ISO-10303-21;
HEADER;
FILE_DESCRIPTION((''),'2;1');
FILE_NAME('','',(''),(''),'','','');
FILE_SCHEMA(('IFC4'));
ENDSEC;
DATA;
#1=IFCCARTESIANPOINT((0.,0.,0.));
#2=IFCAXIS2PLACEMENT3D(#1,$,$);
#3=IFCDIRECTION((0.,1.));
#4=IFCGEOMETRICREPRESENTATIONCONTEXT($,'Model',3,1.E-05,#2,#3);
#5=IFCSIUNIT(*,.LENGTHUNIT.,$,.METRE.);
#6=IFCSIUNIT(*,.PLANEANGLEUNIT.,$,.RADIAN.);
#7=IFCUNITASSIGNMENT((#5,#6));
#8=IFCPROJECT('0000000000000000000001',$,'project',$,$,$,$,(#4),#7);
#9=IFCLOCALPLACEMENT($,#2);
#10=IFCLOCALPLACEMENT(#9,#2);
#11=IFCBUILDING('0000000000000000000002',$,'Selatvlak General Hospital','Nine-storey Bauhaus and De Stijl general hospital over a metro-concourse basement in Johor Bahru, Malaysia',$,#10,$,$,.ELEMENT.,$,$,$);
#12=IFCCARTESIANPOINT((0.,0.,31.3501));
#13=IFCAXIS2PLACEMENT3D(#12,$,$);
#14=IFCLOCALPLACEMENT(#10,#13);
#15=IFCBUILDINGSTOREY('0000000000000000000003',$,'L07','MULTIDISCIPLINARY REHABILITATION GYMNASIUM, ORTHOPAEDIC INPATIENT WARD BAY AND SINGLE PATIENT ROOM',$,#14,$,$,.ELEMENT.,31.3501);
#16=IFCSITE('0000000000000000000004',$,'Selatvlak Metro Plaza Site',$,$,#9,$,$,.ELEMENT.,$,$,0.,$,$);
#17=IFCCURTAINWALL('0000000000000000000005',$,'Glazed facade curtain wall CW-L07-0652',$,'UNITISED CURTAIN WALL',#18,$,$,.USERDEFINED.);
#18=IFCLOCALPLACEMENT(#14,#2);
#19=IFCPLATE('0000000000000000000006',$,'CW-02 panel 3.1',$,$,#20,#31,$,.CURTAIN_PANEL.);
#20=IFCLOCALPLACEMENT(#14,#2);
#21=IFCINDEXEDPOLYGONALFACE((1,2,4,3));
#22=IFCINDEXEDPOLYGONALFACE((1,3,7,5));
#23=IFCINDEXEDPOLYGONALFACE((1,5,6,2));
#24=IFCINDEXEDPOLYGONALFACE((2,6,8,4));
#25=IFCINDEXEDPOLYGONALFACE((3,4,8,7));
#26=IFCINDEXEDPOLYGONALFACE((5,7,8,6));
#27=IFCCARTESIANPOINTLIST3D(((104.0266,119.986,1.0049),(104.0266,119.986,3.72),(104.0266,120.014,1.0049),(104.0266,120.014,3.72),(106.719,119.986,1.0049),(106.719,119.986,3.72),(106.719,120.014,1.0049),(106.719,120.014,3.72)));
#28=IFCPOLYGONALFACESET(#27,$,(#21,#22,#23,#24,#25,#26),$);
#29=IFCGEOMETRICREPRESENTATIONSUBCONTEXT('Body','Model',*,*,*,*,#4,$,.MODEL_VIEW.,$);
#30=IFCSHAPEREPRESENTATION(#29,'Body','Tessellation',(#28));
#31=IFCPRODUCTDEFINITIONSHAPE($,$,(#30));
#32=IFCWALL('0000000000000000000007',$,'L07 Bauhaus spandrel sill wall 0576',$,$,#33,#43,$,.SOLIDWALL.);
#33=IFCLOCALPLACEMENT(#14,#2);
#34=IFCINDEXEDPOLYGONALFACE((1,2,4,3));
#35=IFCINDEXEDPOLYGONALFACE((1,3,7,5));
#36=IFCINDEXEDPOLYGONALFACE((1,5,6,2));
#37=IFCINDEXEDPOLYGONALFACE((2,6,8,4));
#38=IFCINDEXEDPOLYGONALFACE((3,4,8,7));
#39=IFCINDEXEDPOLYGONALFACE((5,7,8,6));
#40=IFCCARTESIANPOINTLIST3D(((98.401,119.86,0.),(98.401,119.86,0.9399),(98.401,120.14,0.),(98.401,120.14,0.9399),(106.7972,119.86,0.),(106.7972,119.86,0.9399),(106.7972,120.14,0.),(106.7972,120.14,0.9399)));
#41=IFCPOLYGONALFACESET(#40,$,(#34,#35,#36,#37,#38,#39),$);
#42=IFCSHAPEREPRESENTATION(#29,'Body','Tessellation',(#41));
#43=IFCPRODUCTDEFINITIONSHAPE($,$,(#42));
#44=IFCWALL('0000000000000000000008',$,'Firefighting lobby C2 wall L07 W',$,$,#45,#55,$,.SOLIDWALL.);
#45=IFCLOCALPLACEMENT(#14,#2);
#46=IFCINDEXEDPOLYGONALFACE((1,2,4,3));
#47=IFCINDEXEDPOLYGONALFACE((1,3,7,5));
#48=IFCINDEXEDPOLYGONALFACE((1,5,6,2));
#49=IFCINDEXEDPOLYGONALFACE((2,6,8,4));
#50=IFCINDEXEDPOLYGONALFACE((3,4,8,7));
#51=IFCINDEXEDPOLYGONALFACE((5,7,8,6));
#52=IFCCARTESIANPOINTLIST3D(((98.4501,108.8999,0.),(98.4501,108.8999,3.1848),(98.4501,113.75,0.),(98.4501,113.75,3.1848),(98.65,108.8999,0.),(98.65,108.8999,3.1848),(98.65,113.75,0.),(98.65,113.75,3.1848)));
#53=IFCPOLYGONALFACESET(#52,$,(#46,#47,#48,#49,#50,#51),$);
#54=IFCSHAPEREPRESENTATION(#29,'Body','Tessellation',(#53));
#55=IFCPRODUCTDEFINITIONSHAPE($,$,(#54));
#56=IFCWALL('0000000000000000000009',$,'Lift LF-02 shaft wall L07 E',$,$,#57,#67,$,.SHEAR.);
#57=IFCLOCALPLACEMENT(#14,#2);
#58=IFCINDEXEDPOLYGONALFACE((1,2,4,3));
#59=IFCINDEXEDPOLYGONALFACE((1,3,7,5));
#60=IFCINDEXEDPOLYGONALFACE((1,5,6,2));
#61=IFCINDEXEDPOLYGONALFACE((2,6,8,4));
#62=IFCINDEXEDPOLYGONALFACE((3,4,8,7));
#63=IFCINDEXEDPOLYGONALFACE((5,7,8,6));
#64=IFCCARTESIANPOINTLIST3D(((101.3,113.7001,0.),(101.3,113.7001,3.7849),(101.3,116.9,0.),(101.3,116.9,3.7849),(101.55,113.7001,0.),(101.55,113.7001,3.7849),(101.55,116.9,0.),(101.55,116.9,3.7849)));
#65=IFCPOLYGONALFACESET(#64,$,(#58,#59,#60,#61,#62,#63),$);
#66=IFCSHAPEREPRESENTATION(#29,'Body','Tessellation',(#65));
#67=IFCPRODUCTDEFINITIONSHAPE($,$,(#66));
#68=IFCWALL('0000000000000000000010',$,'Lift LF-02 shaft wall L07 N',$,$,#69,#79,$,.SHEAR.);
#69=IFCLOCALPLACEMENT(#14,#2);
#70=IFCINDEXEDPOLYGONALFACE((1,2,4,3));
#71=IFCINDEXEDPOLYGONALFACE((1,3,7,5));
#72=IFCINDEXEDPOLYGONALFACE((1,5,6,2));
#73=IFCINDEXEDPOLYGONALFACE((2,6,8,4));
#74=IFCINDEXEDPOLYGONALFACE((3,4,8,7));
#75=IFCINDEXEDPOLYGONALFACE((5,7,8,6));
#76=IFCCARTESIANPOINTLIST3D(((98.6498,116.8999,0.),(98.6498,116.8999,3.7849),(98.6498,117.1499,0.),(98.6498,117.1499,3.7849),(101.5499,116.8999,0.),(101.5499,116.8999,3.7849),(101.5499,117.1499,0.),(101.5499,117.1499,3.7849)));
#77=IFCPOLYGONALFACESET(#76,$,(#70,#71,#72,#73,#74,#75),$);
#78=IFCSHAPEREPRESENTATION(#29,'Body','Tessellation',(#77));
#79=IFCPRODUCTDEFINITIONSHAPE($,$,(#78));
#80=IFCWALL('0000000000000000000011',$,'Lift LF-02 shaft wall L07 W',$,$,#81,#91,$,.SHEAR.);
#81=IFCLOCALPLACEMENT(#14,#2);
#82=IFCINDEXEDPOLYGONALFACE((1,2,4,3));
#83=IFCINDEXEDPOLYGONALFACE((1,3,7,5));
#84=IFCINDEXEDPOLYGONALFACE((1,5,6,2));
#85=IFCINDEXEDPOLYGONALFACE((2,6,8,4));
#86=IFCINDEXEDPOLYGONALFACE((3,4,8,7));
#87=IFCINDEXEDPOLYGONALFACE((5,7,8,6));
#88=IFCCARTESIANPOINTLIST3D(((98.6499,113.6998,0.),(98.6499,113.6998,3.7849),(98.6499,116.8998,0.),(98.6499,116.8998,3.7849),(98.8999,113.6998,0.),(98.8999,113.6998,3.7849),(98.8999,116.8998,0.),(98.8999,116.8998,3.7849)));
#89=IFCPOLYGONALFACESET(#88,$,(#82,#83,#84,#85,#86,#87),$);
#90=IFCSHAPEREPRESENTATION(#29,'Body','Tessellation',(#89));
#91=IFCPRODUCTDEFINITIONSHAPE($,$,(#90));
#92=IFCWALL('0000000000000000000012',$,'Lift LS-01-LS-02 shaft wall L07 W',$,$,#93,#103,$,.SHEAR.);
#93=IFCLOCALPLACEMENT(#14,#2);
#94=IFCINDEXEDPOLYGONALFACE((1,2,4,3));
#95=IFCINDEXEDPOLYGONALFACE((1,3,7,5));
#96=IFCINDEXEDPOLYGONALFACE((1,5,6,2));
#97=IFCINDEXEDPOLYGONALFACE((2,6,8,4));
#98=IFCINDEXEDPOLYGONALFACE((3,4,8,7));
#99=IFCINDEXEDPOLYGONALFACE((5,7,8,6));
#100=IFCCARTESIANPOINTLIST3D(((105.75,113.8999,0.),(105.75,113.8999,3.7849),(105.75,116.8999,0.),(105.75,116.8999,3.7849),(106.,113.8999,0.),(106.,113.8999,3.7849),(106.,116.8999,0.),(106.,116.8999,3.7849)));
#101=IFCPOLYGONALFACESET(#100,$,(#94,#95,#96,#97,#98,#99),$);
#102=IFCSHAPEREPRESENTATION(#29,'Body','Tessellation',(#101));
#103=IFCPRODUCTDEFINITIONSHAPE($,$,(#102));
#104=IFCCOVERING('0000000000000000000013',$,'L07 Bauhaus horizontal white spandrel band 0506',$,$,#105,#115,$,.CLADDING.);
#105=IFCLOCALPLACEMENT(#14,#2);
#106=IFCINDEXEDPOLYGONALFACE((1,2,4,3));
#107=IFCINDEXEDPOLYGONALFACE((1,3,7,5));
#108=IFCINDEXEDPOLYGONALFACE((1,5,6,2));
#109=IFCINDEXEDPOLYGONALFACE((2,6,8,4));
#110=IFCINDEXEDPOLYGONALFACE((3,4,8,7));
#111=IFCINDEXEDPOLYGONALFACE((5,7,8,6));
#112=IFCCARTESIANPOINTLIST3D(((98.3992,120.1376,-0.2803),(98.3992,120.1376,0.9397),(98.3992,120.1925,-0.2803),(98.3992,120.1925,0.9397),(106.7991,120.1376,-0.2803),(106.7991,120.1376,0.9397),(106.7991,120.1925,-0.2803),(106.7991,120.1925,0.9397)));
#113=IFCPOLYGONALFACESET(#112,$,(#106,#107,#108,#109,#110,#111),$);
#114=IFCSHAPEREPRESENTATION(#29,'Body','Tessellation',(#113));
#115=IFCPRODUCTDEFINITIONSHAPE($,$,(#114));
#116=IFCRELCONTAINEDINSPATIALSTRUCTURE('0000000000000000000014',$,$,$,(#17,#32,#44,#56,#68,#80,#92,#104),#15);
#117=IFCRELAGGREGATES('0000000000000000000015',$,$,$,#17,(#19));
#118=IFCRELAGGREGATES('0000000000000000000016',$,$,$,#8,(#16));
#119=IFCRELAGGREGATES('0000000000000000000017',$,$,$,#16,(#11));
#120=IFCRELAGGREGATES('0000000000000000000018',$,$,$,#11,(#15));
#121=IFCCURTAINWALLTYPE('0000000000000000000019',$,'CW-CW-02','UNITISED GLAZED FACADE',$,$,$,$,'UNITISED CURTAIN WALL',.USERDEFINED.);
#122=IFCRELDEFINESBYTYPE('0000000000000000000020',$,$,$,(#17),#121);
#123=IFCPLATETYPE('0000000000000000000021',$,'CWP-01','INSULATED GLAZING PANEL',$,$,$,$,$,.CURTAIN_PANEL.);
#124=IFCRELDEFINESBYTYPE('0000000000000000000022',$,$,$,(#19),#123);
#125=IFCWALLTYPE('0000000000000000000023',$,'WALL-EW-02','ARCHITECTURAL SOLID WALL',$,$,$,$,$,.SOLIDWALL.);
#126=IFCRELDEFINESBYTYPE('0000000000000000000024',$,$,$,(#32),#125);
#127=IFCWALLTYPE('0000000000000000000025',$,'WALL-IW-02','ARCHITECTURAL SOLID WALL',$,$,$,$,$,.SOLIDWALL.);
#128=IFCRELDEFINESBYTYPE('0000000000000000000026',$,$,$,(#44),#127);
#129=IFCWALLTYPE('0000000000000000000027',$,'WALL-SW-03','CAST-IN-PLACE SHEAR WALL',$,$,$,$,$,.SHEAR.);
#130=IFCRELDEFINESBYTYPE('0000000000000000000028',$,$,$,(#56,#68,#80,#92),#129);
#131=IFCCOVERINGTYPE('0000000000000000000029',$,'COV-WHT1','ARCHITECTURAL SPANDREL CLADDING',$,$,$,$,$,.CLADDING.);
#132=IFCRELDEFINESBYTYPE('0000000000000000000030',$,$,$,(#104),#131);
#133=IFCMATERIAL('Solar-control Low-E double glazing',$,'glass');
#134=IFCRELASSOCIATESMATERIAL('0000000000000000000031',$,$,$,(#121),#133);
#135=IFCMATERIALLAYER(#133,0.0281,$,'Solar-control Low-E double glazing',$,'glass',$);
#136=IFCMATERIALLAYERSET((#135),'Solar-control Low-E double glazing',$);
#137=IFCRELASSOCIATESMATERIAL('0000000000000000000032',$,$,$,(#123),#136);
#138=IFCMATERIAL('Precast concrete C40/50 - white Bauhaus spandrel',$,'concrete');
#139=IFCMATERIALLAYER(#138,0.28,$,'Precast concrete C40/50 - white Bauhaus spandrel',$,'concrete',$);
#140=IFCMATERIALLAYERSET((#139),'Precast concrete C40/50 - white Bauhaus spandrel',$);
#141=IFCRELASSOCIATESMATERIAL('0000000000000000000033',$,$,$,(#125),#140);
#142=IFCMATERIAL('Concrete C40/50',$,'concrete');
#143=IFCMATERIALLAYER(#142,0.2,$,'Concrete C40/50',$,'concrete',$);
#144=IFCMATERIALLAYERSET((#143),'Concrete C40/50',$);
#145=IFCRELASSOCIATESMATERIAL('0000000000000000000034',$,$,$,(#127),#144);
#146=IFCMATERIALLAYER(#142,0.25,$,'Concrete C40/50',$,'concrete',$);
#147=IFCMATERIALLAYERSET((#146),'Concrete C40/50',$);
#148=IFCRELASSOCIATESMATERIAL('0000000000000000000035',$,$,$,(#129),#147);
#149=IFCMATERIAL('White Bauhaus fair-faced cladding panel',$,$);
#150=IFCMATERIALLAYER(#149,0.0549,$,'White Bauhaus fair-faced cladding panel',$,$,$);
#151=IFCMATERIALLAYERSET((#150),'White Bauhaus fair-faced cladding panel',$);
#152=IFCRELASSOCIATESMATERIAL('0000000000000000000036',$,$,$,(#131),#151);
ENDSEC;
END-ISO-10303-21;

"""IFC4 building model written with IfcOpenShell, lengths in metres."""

from ifc_helpers import new_model, si_unit, direction, frame, frame_2d, origin, origin_2d, place, context, subcontext, project, spatial, rectangle, extrude, material, layer, layer_set, type_object, element, aggregate, save


model = new_model("IFC4")

# Units and contexts
model_context = context("Model", 3, precision=1e-05, world=origin(), true_north=direction((0.0, 1.0)))
body_context = subcontext(model_context, "Body", "Model", "MODEL_VIEW")
ifc_project = project(units=[si_unit("LENGTHUNIT", "METRE"), si_unit("PLANEANGLEUNIT", "RADIAN")], contexts=[model_context])

# Site, building, storey
site_placement = place(None, origin())
site = spatial("IfcSite", under=ifc_project, at=site_placement, Name="Selatvlak Metro Plaza Site", CompositionType="ELEMENT", RefElevation=0.0)
building_placement = place(site_placement, origin())
building = spatial("IfcBuilding", under=site, at=building_placement, Name="Selatvlak General Hospital", Description="Nine-storey Bauhaus and De Stijl general hospital over a metro-concourse basement in Johor Bahru, Malaysia", CompositionType="ELEMENT")
storey_placement = place(building_placement, frame((0.0, 0.0, 31.3501)))
storey = spatial("IfcBuildingStorey", under=building, at=storey_placement, Name="L07", Description="MULTIDISCIPLINARY REHABILITATION GYMNASIUM, ORTHOPAEDIC INPATIENT WARD BAY AND SINGLE PATIENT ROOM", CompositionType="ELEMENT", Elevation=31.3501)

# Curtain wall, plate
ifc_material_1 = material(Name="Solar-control Low-E double glazing", Category="glass")
curtain_wall_type = type_object("IfcCurtainWallType", Name="CW-CW-02", Description="UNITISED GLAZED FACADE", ElementType="UNITISED CURTAIN WALL", PredefinedType="USERDEFINED", material=ifc_material_1)
curtain_wall_placement = place(storey_placement, origin())
curtain_wall = element("IfcCurtainWall", 1, at=curtain_wall_placement, inside=storey, type_object=curtain_wall_type, Name="Glazed facade curtain wall CW-L07-0652", ObjectType="UNITISED CURTAIN WALL", PredefinedType="USERDEFINED")
ifc_layer_1 = layer(ifc_material_1, 0.0281, Name="Solar-control Low-E double glazing", Category="glass")
ifc_layer_set_1 = layer_set([ifc_layer_1], Name="Solar-control Low-E double glazing")
plate_type = type_object("IfcPlateType", Name="CWP-01", Description="INSULATED GLAZING PANEL", PredefinedType="CURTAIN_PANEL", material=ifc_layer_set_1)
plate_1_placement = place(storey_placement, frame((105.3728, 120.0, 1.0049), z_axis=(0.0, 0.0, 1.0), x_axis=(1.0, 0.0, 0.0)))
plate_1 = element("IfcPlate", 2, at=plate_1_placement, type_object=plate_type, Name="CW-02 panel 3.1", PredefinedType="CURTAIN_PANEL", context=body_context, shape_type="SweptSolid", body=[
    extrude(rectangle(XDim=2.6924, YDim=0.0281, at=origin_2d()), origin(), (0.0, 0.0, 1.0), 2.7151),
])
aggregate(curtain_wall, [plate_1])

# Walls
ifc_material_2 = material(Name="Precast concrete C40/50 - white Bauhaus spandrel", Category="concrete")
ifc_layer_2 = layer(ifc_material_2, 0.28, Name="Precast concrete C40/50 - white Bauhaus spandrel", Category="concrete")
ifc_layer_set_2 = layer_set([ifc_layer_2], Name="Precast concrete C40/50 - white Bauhaus spandrel")
wall_type_1 = type_object("IfcWallType", Name="WALL-EW-02", Description="ARCHITECTURAL SOLID WALL", PredefinedType="SOLIDWALL", material=ifc_layer_set_2)
wall_1_placement = place(storey_placement, frame((98.4009, 120.0, 0.0), z_axis=(0.0, 0.0, 1.0), x_axis=(1.0, 0.0, 0.0)))
element("IfcWall", 3, at=wall_1_placement, inside=storey, type_object=wall_type_1, Name="L07 Bauhaus spandrel sill wall 0576", PredefinedType="SOLIDWALL", context=body_context, shape_type="SweptSolid", body=[
    extrude(rectangle(XDim=8.3962, YDim=0.28, at=frame_2d((4.1982, 0.0))), origin(), (0.0, 0.0, 1.0), 0.9399),
])
ifc_material_3 = material(Name="Concrete C40/50", Category="concrete")
ifc_layer_3 = layer(ifc_material_3, 0.2, Name="Concrete C40/50", Category="concrete")
ifc_layer_set_3 = layer_set([ifc_layer_3], Name="Concrete C40/50")
wall_type_2 = type_object("IfcWallType", Name="WALL-IW-02", Description="ARCHITECTURAL SOLID WALL", PredefinedType="SOLIDWALL", material=ifc_layer_set_3)
wall_2_placement = place(storey_placement, frame((98.55, 113.75, 0.0), z_axis=(0.0, 0.0, 1.0), x_axis=(0.0, -1.0, 0.0)))
element("IfcWall", 4, at=wall_2_placement, inside=storey, type_object=wall_type_2, Name="Firefighting lobby C2 wall L07 W", PredefinedType="SOLIDWALL", context=body_context, shape_type="SweptSolid", body=[
    extrude(rectangle(XDim=4.8501, YDim=0.2, at=frame_2d((2.425, 0.0))), origin(), (0.0, 0.0, 1.0), 3.1848),
])
ifc_layer_4 = layer(ifc_material_3, 0.25, Name="Concrete C40/50", Category="concrete")
ifc_layer_set_4 = layer_set([ifc_layer_4], Name="Concrete C40/50")
wall_type_3 = type_object("IfcWallType", Name="WALL-SW-03", Description="CAST-IN-PLACE SHEAR WALL", PredefinedType="SHEAR", material=ifc_layer_set_4)
wall_3_placement = place(storey_placement, frame((101.425, 113.7, 0.0), z_axis=(0.0, 0.0, 1.0), x_axis=(0.0, 1.0, 0.0)))
element("IfcWall", 5, at=wall_3_placement, inside=storey, type_object=wall_type_3, Name="Lift LF-02 shaft wall L07 E", PredefinedType="SHEAR", context=body_context, shape_type="SweptSolid", body=[
    extrude(rectangle(XDim=3.2, YDim=0.25, at=frame_2d((1.6001, 0.0))), origin(), (0.0, 0.0, 1.0), 3.7849),
])
wall_4_placement = place(storey_placement, frame((101.55, 117.0249, 0.0), z_axis=(0.0, 0.0, 1.0), x_axis=(-1.0, 0.0, 0.0)))
element("IfcWall", 6, at=wall_4_placement, inside=storey, type_object=wall_type_3, Name="Lift LF-02 shaft wall L07 N", PredefinedType="SHEAR", context=body_context, shape_type="SweptSolid", body=[
    extrude(rectangle(XDim=2.9001, YDim=0.25, at=frame_2d((1.4502, 0.0))), origin(), (0.0, 0.0, 1.0), 3.7849),
])
wall_5_placement = place(storey_placement, frame((98.7749, 116.8999, 0.0), z_axis=(0.0, 0.0, 1.0), x_axis=(0.0, -1.0, 0.0)))
element("IfcWall", 7, at=wall_5_placement, inside=storey, type_object=wall_type_3, Name="Lift LF-02 shaft wall L07 W", PredefinedType="SHEAR", context=body_context, shape_type="SweptSolid", body=[
    extrude(rectangle(XDim=3.2, YDim=0.25, at=frame_2d((1.6001, 0.0))), origin(), (0.0, 0.0, 1.0), 3.7849),
])

# Wall
wall_6_placement = place(storey_placement, frame((105.875, 116.8999, 0.0), z_axis=(0.0, 0.0, 1.0), x_axis=(0.0, -1.0, 0.0)))
element("IfcWall", 8, at=wall_6_placement, inside=storey, type_object=wall_type_3, Name="Lift LS-01-LS-02 shaft wall L07 W", PredefinedType="SHEAR", context=body_context, shape_type="SweptSolid", body=[
    extrude(rectangle(XDim=3.0, YDim=0.25, at=frame_2d((1.5, 0.0))), origin(), (0.0, 0.0, 1.0), 3.7849),
])

# Covering
ifc_material_4 = material(Name="White Bauhaus fair-faced cladding panel")
ifc_layer_5 = layer(ifc_material_4, 0.0549, Name="White Bauhaus fair-faced cladding panel")
ifc_layer_set_5 = layer_set([ifc_layer_5], Name="White Bauhaus fair-faced cladding panel")
covering_type = type_object("IfcCoveringType", Name="COV-WHT1", Description="ARCHITECTURAL SPANDREL CLADDING", PredefinedType="CLADDING", material=ifc_layer_set_5)
covering_placement = place(storey_placement, frame((102.5991, 120.165, -0.2803), z_axis=(0.0, 0.0, 1.0), x_axis=(1.0, 0.0, 0.0)))
element("IfcCovering", 9, at=covering_placement, inside=storey, type_object=covering_type, Name="L07 Bauhaus horizontal white spandrel band 0506", PredefinedType="CLADDING", context=body_context, shape_type="SweptSolid", body=[
    extrude(rectangle(XDim=8.3999, YDim=0.0549, at=origin_2d()), origin(), (0.0, 0.0, 1.0), 1.22),
])

save(model, "model.ifc")
